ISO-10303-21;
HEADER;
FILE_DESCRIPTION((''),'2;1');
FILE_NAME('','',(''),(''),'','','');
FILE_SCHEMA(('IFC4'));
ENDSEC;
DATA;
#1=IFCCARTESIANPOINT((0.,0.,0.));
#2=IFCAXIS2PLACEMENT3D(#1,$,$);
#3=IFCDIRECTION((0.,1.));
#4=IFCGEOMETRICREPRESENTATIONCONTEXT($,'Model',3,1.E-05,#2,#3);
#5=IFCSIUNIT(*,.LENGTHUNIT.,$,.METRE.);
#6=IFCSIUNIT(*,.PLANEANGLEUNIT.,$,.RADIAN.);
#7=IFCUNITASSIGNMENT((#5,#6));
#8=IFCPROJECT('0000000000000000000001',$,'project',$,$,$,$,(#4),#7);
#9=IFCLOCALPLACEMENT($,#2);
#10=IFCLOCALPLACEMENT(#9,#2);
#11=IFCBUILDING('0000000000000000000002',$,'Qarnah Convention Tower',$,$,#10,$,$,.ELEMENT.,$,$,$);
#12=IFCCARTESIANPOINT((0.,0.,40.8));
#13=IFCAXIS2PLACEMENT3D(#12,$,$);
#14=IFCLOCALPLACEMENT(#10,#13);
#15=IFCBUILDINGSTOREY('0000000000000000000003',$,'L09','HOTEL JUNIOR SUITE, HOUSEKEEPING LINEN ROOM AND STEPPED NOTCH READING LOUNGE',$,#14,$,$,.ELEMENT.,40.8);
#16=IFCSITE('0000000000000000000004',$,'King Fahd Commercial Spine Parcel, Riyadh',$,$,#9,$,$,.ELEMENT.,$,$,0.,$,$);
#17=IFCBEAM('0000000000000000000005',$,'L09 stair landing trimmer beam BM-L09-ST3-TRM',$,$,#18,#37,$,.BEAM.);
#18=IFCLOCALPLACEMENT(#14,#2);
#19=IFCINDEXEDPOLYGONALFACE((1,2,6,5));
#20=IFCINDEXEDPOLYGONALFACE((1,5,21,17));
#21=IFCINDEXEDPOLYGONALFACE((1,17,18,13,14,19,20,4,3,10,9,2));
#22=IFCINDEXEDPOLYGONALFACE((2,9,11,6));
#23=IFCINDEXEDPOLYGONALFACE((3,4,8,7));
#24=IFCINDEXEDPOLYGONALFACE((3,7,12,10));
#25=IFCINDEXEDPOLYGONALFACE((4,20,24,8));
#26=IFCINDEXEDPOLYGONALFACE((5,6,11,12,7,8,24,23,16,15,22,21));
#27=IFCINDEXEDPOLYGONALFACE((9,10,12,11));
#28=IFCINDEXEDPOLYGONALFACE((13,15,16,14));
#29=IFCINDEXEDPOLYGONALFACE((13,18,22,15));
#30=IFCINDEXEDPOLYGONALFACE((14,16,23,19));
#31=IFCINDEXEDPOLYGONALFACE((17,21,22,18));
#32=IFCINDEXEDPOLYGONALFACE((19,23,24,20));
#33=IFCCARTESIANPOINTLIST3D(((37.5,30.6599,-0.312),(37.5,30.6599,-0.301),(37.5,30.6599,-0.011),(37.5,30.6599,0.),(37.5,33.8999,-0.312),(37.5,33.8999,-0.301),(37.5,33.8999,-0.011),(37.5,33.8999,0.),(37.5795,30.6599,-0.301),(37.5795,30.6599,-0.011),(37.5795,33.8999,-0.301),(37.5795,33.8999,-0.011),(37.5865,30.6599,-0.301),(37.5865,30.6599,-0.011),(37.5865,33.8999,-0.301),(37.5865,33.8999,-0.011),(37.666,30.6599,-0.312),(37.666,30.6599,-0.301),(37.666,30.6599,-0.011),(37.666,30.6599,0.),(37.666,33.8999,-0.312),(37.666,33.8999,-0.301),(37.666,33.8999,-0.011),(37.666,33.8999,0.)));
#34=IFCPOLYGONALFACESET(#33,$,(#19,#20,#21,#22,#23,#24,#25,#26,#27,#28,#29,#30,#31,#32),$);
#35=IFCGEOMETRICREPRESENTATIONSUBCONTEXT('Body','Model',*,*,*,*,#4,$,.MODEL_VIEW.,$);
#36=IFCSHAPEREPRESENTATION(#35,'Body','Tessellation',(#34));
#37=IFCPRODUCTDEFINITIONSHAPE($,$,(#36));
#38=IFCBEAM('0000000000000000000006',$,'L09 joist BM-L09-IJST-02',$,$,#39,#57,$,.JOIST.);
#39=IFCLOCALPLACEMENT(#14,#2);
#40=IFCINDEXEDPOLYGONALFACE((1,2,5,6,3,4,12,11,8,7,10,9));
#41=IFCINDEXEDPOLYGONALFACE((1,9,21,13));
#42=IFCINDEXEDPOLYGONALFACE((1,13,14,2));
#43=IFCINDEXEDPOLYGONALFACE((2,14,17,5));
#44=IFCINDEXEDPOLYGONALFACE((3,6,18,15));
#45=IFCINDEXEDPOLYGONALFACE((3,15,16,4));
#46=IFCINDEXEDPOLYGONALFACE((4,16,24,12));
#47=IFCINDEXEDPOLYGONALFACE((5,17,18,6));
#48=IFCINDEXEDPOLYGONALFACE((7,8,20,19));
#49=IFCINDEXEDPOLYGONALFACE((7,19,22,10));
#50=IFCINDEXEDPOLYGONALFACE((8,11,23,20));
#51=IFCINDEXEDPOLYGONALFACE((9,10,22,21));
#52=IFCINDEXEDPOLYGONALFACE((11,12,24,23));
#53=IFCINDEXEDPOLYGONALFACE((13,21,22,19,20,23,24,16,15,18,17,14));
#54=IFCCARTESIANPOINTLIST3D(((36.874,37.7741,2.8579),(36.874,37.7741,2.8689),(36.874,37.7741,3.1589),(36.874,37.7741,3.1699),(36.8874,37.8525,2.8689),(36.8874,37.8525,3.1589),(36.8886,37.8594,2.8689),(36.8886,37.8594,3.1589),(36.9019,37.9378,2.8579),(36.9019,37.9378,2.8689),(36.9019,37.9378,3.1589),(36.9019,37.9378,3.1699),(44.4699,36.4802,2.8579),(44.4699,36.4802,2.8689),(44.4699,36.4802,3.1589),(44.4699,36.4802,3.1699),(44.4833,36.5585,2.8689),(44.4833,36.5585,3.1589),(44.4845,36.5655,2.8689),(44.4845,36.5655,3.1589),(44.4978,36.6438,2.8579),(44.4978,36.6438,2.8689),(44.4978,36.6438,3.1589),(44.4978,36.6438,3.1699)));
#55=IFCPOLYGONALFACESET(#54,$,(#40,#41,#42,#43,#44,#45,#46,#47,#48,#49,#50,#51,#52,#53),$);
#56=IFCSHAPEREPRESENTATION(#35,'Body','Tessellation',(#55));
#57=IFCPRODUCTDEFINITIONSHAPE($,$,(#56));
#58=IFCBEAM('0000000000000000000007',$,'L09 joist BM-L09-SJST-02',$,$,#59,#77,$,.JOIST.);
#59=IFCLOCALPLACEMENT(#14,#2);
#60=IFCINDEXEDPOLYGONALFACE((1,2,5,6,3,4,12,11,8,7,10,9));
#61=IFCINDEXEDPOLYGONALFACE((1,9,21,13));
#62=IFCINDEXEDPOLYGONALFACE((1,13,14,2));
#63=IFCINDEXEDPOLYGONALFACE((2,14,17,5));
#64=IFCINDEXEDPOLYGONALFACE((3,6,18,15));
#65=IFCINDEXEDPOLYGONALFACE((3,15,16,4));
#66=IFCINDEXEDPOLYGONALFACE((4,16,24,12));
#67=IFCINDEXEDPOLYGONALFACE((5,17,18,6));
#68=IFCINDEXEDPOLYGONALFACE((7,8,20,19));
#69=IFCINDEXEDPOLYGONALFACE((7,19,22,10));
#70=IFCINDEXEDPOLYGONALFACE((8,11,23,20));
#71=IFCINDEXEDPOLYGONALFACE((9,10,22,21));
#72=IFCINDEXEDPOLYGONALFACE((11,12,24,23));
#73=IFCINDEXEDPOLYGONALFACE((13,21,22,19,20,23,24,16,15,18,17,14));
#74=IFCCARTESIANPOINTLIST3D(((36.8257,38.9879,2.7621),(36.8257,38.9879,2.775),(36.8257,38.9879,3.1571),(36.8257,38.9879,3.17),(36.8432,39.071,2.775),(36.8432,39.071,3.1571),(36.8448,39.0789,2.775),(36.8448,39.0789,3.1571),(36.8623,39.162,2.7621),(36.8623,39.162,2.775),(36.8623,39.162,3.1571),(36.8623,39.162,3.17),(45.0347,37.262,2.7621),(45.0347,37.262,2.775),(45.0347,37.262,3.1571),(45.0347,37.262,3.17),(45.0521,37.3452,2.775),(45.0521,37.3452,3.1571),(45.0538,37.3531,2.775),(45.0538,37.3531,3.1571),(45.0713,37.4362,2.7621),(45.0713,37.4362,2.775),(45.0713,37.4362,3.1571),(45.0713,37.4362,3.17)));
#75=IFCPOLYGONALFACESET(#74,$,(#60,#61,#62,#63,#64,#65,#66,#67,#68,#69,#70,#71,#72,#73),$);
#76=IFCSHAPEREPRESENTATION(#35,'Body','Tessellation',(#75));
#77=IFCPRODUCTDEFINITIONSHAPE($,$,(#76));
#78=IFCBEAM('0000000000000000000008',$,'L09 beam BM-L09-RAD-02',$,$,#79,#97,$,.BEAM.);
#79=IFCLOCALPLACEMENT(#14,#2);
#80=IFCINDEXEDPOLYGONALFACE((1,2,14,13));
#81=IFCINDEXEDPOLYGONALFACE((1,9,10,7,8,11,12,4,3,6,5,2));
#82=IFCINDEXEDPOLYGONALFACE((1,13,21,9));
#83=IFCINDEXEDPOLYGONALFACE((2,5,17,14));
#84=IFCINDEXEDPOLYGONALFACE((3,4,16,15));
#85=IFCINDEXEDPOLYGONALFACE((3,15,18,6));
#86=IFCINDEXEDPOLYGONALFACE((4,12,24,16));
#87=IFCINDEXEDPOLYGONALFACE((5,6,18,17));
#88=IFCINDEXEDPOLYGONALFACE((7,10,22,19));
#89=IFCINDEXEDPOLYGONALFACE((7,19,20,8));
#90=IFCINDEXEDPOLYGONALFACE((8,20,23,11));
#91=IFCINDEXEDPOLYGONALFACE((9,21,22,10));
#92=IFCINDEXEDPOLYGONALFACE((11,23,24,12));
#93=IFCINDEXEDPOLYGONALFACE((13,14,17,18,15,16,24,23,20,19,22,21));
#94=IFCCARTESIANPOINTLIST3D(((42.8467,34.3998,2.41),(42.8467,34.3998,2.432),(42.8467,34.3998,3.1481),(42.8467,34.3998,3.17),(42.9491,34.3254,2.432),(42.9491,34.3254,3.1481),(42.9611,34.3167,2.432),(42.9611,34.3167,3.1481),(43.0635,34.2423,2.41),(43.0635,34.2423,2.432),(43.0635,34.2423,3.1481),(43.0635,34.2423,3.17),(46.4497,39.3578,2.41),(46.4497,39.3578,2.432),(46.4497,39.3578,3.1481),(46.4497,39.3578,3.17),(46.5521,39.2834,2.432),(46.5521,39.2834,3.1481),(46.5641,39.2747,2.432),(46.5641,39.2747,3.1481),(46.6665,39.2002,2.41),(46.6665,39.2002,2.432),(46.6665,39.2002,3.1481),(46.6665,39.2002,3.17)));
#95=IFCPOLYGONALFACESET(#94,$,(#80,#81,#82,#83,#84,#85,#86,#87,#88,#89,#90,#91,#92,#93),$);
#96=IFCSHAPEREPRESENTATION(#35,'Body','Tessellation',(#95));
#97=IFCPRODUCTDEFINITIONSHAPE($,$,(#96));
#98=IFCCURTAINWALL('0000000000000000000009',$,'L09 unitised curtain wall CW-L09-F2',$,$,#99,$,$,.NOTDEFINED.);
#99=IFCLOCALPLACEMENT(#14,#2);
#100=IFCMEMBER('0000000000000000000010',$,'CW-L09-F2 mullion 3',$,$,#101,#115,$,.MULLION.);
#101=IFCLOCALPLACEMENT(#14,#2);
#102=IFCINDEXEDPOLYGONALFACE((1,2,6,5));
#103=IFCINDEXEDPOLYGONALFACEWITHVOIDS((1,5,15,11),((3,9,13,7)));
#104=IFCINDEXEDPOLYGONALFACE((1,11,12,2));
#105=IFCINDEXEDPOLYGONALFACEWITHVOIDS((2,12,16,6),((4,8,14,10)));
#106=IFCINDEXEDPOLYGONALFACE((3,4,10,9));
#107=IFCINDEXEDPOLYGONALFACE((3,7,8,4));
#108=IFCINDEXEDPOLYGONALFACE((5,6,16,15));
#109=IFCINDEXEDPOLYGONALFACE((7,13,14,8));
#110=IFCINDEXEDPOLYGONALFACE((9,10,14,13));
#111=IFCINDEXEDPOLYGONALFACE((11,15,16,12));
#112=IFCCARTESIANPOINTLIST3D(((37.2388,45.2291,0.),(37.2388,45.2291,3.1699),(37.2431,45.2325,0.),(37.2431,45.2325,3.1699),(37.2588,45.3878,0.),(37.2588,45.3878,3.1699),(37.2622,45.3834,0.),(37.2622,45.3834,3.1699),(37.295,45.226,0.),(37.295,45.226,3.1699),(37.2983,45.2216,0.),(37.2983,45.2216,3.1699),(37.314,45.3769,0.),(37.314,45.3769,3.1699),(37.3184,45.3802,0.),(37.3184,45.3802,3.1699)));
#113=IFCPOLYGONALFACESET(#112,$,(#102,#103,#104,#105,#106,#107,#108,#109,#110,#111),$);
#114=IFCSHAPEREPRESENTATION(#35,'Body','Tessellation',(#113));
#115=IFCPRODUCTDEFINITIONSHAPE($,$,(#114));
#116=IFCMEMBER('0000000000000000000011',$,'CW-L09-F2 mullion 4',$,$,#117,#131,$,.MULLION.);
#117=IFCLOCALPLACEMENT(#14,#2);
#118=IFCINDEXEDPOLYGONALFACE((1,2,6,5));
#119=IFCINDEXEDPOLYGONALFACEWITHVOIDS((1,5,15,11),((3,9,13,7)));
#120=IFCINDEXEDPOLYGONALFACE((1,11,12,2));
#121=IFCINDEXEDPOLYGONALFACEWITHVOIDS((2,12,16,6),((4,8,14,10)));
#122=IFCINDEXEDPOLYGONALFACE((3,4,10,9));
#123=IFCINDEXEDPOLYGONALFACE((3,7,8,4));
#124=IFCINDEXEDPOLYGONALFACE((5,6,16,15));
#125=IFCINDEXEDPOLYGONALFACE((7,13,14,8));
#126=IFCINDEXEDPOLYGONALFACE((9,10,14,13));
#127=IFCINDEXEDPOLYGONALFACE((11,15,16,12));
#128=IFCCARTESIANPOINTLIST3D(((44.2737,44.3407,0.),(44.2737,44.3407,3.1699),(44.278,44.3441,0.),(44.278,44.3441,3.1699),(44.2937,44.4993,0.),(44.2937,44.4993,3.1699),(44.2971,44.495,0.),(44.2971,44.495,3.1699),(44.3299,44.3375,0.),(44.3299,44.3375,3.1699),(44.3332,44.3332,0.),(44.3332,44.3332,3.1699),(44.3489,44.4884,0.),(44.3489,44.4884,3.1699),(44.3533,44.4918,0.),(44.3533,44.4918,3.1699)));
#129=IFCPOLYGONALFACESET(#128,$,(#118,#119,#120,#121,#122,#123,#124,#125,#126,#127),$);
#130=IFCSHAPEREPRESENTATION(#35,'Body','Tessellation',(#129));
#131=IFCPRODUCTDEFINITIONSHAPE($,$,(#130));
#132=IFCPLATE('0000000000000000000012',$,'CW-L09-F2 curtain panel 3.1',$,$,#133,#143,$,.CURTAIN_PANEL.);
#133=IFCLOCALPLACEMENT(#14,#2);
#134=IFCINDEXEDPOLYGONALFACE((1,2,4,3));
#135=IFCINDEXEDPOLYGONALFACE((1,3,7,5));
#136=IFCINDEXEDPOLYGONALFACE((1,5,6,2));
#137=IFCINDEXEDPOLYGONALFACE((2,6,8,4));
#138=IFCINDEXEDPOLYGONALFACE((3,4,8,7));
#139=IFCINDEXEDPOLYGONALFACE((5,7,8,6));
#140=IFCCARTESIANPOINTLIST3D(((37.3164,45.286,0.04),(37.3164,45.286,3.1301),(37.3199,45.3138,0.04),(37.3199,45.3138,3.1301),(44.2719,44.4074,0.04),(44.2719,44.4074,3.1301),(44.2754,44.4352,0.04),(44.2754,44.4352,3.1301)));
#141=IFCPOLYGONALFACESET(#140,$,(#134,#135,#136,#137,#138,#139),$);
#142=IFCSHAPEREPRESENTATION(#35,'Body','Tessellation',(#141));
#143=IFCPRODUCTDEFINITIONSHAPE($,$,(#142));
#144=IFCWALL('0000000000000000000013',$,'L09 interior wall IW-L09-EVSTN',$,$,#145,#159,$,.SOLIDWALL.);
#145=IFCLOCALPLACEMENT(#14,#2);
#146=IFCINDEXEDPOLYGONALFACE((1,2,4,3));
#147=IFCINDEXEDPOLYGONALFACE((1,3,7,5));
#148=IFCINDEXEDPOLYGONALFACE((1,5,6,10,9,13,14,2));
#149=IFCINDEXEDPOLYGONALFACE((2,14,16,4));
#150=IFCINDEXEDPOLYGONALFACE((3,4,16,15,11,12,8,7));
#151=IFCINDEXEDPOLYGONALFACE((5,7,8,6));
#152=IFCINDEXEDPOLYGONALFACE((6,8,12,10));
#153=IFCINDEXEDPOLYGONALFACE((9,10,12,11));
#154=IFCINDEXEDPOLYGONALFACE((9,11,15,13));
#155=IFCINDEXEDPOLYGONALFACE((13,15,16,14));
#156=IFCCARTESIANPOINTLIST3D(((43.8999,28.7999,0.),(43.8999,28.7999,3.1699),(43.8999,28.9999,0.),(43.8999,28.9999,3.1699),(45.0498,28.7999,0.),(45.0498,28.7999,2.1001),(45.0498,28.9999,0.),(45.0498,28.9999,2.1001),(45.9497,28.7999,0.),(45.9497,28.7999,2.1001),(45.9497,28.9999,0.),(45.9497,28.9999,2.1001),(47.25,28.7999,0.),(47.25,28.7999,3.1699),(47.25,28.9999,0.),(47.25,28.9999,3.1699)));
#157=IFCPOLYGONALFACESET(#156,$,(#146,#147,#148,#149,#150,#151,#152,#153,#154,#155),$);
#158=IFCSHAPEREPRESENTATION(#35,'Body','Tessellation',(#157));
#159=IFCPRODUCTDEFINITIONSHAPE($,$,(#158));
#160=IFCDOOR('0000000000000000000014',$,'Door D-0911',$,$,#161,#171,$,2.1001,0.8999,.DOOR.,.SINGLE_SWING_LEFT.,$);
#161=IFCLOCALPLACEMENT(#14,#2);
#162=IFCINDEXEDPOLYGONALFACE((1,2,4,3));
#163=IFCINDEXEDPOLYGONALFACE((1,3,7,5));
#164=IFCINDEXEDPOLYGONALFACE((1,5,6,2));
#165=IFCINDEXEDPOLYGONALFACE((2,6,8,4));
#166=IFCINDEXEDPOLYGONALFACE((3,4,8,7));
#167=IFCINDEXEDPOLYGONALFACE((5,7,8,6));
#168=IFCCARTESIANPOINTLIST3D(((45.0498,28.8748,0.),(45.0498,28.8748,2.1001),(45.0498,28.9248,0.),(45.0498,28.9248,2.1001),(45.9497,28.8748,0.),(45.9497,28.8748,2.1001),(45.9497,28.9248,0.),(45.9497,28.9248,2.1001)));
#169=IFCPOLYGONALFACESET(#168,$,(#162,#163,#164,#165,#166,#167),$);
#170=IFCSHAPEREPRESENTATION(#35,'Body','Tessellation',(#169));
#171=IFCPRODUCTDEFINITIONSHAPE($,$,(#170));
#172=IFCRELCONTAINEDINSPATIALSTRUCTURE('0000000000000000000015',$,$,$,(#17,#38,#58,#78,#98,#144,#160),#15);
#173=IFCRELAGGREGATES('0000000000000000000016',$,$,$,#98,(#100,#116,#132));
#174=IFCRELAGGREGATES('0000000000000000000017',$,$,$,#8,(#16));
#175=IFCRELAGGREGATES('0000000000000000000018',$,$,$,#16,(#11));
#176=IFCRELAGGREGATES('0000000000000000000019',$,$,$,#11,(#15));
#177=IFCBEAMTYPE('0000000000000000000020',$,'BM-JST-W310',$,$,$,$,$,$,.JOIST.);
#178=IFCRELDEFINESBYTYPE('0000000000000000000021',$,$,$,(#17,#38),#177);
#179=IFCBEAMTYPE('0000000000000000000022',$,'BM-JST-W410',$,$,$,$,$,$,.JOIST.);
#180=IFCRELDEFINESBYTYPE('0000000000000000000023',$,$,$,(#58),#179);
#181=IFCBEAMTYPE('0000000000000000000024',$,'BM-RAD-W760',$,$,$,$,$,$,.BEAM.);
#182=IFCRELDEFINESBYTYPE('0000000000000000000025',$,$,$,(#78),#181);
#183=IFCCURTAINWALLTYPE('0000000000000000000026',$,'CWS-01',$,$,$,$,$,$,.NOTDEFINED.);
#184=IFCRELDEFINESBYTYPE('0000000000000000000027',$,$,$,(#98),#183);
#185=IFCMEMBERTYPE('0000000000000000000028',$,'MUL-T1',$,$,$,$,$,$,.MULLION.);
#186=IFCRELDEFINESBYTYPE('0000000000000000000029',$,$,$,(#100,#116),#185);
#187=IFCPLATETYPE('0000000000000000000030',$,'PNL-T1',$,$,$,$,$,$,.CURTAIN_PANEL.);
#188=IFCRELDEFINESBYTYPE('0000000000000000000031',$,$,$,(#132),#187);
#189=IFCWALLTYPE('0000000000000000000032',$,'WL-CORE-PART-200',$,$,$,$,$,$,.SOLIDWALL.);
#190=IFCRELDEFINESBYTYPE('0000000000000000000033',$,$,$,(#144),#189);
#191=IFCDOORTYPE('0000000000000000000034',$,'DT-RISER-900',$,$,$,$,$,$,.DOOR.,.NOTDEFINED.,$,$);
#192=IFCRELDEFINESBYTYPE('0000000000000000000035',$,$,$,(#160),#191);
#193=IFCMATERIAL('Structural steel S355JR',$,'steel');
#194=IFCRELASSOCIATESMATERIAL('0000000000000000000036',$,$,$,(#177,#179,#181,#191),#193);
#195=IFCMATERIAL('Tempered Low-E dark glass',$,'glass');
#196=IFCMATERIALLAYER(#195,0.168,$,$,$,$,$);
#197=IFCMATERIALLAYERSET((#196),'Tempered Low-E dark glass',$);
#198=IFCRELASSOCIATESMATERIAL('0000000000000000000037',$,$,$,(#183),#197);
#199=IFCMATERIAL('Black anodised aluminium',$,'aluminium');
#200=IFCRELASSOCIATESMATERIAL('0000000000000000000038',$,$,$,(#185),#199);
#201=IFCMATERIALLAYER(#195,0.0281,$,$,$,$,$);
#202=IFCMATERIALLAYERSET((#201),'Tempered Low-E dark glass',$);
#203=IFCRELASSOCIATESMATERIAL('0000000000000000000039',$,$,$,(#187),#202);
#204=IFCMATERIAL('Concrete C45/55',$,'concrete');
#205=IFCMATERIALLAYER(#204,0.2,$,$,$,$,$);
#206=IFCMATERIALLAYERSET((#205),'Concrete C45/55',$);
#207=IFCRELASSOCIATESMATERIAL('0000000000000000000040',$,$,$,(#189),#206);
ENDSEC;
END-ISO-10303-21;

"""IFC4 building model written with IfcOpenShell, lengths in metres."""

from ifc_helpers import new_model, si_unit, direction, frame, frame_2d, origin, origin_2d, place, context, subcontext, project, spatial, rectangle, hollow_rectangle, i_section, extrude, material, layer, layer_set, material_profile, profile_set, type_object, element, fill, aggregate, save


model = new_model("IFC4")

# Units and contexts
model_context = context("Model", 3, precision=1e-05, world=origin(), true_north=direction((0.0, 1.0)))
body_context = subcontext(model_context, "Body", "Model", "MODEL_VIEW")
ifc_project = project(units=[si_unit("LENGTHUNIT", "METRE"), si_unit("PLANEANGLEUNIT", "RADIAN")], contexts=[model_context])

# Site, building, storey
site_placement = place(None, origin())
site = spatial("IfcSite", under=ifc_project, at=site_placement, Name="King Fahd Commercial Spine Parcel, Riyadh", CompositionType="ELEMENT", RefElevation=0.0)
building_placement = place(site_placement, origin())
building = spatial("IfcBuilding", under=site, at=building_placement, Name="Qarnah Convention Tower", CompositionType="ELEMENT")
storey_placement = place(building_placement, frame((0.0, 0.0, 40.8)))
storey = spatial("IfcBuildingStorey", under=building, at=storey_placement, Name="L09", Description="HOTEL JUNIOR SUITE, HOUSEKEEPING LINEN ROOM AND STEPPED NOTCH READING LOUNGE", CompositionType="ELEMENT", Elevation=40.8)

# Beams
ifc_material_1 = material(Name="Structural steel S355JR", Category="steel")
ifc_material_profile_1 = material_profile(ifc_material_1, i_section(OverallWidth=0.166, OverallDepth=0.312, WebThickness=0.0071, FlangeThickness=0.011, at=origin_2d()), Name="W310X45")
ifc_profile_set_1 = profile_set([ifc_material_profile_1], Name="Structural steel S355JR")
beam_type_1 = type_object("IfcBeamType", Name="BM-JST-W310", PredefinedType="JOIST", material=ifc_profile_set_1)
beam_1_placement = place(storey_placement, frame((37.583, 30.6599, -0.156), z_axis=(0.0, 1.0, 0.0), x_axis=(-1.0, 0.0, 0.0)))
element("IfcBeam", 1, at=beam_1_placement, inside=storey, type_object=beam_type_1, Name="L09 stair landing trimmer beam BM-L09-ST3-TRM", PredefinedType="BEAM", context=body_context, shape_type="SweptSolid", body=[
    extrude(i_section(OverallWidth=0.166, OverallDepth=0.312, WebThickness=0.0071, FlangeThickness=0.011, at=origin_2d()), origin(), (0.0, 0.0, 1.0), 3.24),
])
beam_2_placement = place(storey_placement, frame((44.4839, 36.562, 3.0139), z_axis=(-0.985799, 0.167928, 0.0), x_axis=(-0.167928, -0.985799, 0.0)))
element("IfcBeam", 2, at=beam_2_placement, inside=storey, type_object=beam_type_1, Name="L09 joist BM-L09-IJST-02", PredefinedType="JOIST", context=body_context, shape_type="SweptSolid", body=[
    extrude(i_section(OverallWidth=0.166, OverallDepth=0.312, WebThickness=0.0071, FlangeThickness=0.011, at=origin_2d()), origin(), (0.0, 0.0, 1.0), 7.7053),
])
ifc_material_profile_2 = material_profile(ifc_material_1, i_section(OverallWidth=0.178, OverallDepth=0.408, WebThickness=0.0081, FlangeThickness=0.0129, at=origin_2d()), Name="W410X60")
ifc_profile_set_2 = profile_set([ifc_material_profile_2], Name="Structural steel S355JR")
beam_type_2 = type_object("IfcBeamType", Name="BM-JST-W410", PredefinedType="JOIST", material=ifc_profile_set_2)
beam_3_placement = place(storey_placement, frame((45.053, 37.3491, 2.9661), z_axis=(-0.978607, 0.205739, 0.0), x_axis=(-0.205739, -0.978607, 0.0)))
element("IfcBeam", 3, at=beam_3_placement, inside=storey, type_object=beam_type_2, Name="L09 joist BM-L09-SJST-02", PredefinedType="JOIST", context=body_context, shape_type="SweptSolid", body=[
    extrude(i_section(OverallWidth=0.178, OverallDepth=0.408, WebThickness=0.0081, FlangeThickness=0.0129, at=origin_2d()), origin(), (0.0, 0.0, 1.0), 8.3884),
])
ifc_material_profile_3 = material_profile(ifc_material_1, i_section(OverallWidth=0.2681, OverallDepth=0.76, WebThickness=0.0149, FlangeThickness=0.022, at=origin_2d()), Name="W760X185")
ifc_profile_set_3 = profile_set([ifc_material_profile_3], Name="Structural steel S355JR")
beam_type_3 = type_object("IfcBeamType", Name="BM-RAD-W760", PredefinedType="BEAM", material=ifc_profile_set_3)
beam_4_placement = place(storey_placement, frame((42.9551, 34.321, 2.79), z_axis=(0.587873, 0.808953, 0.0), x_axis=(-0.808953, 0.587873, 0.0)))
element("IfcBeam", 4, at=beam_4_placement, inside=storey, type_object=beam_type_3, Name="L09 beam BM-L09-RAD-02", PredefinedType="BEAM", context=body_context, shape_type="SweptSolid", body=[
    extrude(i_section(OverallWidth=0.2681, OverallDepth=0.76, WebThickness=0.0149, FlangeThickness=0.022, at=origin_2d()), origin(), (0.0, 0.0, 1.0), 6.1289),
])

# Curtain wall, members, plate
ifc_material_2 = material(Name="Tempered Low-E dark glass", Category="glass")
ifc_layer_1 = layer(ifc_material_2, 0.168)
ifc_layer_set_1 = layer_set([ifc_layer_1], Name="Tempered Low-E dark glass")
curtain_wall_type = type_object("IfcCurtainWallType", Name="CWS-01", PredefinedType="NOTDEFINED", material=ifc_layer_set_1)
curtain_wall_placement = place(storey_placement, origin())
curtain_wall = element("IfcCurtainWall", 5, at=curtain_wall_placement, inside=storey, type_object=curtain_wall_type, Name="L09 unitised curtain wall CW-L09-F2", PredefinedType="NOTDEFINED")
ifc_material_3 = material(Name="Black anodised aluminium", Category="aluminium")
ifc_material_profile_4 = material_profile(ifc_material_3, hollow_rectangle(XDim=0.0601, YDim=0.1599, WallThickness=0.0039, at=origin_2d()), Name="MUL-60X160")
ifc_profile_set_4 = profile_set([ifc_material_profile_4], Name="Black anodised aluminium")
member_type = type_object("IfcMemberType", Name="MUL-T1", PredefinedType="MULLION", material=ifc_profile_set_4)
member_1_placement = place(storey_placement, frame((37.2786, 45.3047, 0.0), z_axis=(0.0, 0.0, 1.0), x_axis=(0.992116, -0.125319, 0.0)))
member_1 = element("IfcMember", 6, at=member_1_placement, type_object=member_type, Name="CW-L09-F2 mullion 3", PredefinedType="MULLION", context=body_context, shape_type="SweptSolid", body=[
    extrude(hollow_rectangle(XDim=0.0601, YDim=0.1599, WallThickness=0.0039, at=origin_2d()), origin(), (0.0, 0.0, 1.0), 3.1699),
])
member_2_placement = place(storey_placement, frame((44.3135, 44.4163, 0.0), z_axis=(0.0, 0.0, 1.0), x_axis=(0.992116, -0.125319, 0.0)))
member_2 = element("IfcMember", 7, at=member_2_placement, type_object=member_type, Name="CW-L09-F2 mullion 4", PredefinedType="MULLION", context=body_context, shape_type="SweptSolid", body=[
    extrude(hollow_rectangle(XDim=0.0601, YDim=0.1599, WallThickness=0.0039, at=origin_2d()), origin(), (0.0, 0.0, 1.0), 3.1699),
])
ifc_layer_2 = layer(ifc_material_2, 0.0281)
ifc_layer_set_2 = layer_set([ifc_layer_2], Name="Tempered Low-E dark glass")
plate_type = type_object("IfcPlateType", Name="PNL-T1", PredefinedType="CURTAIN_PANEL", material=ifc_layer_set_2)
plate_placement = place(storey_placement, frame((40.7959, 44.8606, 0.04), z_axis=(0.0, 0.0, 1.0), x_axis=(0.992116, -0.125319, 0.0)))
plate = element("IfcPlate", 8, at=plate_placement, type_object=plate_type, Name="CW-L09-F2 curtain panel 3.1", PredefinedType="CURTAIN_PANEL", context=body_context, shape_type="SweptSolid", body=[
    extrude(rectangle(XDim=7.0107, YDim=0.0281, at=origin_2d()), origin(), (0.0, 0.0, 1.0), 3.0901),
])
aggregate(curtain_wall, [member_1, member_2, plate])

# Wall, opening, door
ifc_material_4 = material(Name="Concrete C45/55", Category="concrete")
ifc_layer_3 = layer(ifc_material_4, 0.2)
ifc_layer_set_3 = layer_set([ifc_layer_3], Name="Concrete C45/55")
wall_type_1 = type_object("IfcWallType", Name="WL-CORE-PART-200", PredefinedType="SOLIDWALL", material=ifc_layer_set_3)
wall_1_placement = place(storey_placement, frame((43.8999, 28.8999, 0.0), z_axis=(0.0, 0.0, 1.0), x_axis=(1.0, 0.0, 0.0)))
wall_1 = element("IfcWall", 9, at=wall_1_placement, inside=storey, type_object=wall_type_1, Name="L09 interior wall IW-L09-EVSTN", PredefinedType="SOLIDWALL", context=body_context, shape_type="SweptSolid", body=[
    extrude(rectangle(XDim=3.3501, YDim=0.2, at=frame_2d((1.675, 0.0))), origin(), (0.0, 0.0, 1.0), 3.1699),
])
opening_1_placement = place(wall_1_placement, frame((1.1499, 0.0, 0.0)))
opening_1 = element("IfcOpeningElement", 10, at=opening_1_placement, cuts=wall_1, PredefinedType="OPENING", context=body_context, shape_type="SweptSolid", body=[
    extrude(rectangle(XDim=0.8999, YDim=2.1001, at=frame_2d((0.45, 1.05))), frame((0.0, 0.1099, 0.0), z_axis=(0.0, -1.0, 0.0), x_axis=(1.0, 0.0, 0.0)), (0.0, 0.0, 1.0), 0.22),
])
door_type_1 = type_object("IfcDoorType", Name="DT-RISER-900", OperationType="NOTDEFINED", PredefinedType="DOOR", material=ifc_material_1)
door_1_placement = place(opening_1_placement, origin())
door_1 = element("IfcDoor", 11, at=door_1_placement, inside=storey, type_object=door_type_1, Name="Door D-0911", OperationType="SINGLE_SWING_LEFT", OverallHeight=2.1001, OverallWidth=0.8999, PredefinedType="DOOR", context=body_context, shape_type="SweptSolid", body=[
    extrude(rectangle(XDim=0.8999, YDim=2.1001, at=frame_2d((0.45, 1.05))), frame((0.0, 0.0249, 0.0), z_axis=(0.0, -1.0, 0.0), x_axis=(1.0, 0.0, 0.0)), (0.0, 0.0, 1.0), 0.05),
])
fill(opening_1, door_1)

save(model, "model.ifc")
